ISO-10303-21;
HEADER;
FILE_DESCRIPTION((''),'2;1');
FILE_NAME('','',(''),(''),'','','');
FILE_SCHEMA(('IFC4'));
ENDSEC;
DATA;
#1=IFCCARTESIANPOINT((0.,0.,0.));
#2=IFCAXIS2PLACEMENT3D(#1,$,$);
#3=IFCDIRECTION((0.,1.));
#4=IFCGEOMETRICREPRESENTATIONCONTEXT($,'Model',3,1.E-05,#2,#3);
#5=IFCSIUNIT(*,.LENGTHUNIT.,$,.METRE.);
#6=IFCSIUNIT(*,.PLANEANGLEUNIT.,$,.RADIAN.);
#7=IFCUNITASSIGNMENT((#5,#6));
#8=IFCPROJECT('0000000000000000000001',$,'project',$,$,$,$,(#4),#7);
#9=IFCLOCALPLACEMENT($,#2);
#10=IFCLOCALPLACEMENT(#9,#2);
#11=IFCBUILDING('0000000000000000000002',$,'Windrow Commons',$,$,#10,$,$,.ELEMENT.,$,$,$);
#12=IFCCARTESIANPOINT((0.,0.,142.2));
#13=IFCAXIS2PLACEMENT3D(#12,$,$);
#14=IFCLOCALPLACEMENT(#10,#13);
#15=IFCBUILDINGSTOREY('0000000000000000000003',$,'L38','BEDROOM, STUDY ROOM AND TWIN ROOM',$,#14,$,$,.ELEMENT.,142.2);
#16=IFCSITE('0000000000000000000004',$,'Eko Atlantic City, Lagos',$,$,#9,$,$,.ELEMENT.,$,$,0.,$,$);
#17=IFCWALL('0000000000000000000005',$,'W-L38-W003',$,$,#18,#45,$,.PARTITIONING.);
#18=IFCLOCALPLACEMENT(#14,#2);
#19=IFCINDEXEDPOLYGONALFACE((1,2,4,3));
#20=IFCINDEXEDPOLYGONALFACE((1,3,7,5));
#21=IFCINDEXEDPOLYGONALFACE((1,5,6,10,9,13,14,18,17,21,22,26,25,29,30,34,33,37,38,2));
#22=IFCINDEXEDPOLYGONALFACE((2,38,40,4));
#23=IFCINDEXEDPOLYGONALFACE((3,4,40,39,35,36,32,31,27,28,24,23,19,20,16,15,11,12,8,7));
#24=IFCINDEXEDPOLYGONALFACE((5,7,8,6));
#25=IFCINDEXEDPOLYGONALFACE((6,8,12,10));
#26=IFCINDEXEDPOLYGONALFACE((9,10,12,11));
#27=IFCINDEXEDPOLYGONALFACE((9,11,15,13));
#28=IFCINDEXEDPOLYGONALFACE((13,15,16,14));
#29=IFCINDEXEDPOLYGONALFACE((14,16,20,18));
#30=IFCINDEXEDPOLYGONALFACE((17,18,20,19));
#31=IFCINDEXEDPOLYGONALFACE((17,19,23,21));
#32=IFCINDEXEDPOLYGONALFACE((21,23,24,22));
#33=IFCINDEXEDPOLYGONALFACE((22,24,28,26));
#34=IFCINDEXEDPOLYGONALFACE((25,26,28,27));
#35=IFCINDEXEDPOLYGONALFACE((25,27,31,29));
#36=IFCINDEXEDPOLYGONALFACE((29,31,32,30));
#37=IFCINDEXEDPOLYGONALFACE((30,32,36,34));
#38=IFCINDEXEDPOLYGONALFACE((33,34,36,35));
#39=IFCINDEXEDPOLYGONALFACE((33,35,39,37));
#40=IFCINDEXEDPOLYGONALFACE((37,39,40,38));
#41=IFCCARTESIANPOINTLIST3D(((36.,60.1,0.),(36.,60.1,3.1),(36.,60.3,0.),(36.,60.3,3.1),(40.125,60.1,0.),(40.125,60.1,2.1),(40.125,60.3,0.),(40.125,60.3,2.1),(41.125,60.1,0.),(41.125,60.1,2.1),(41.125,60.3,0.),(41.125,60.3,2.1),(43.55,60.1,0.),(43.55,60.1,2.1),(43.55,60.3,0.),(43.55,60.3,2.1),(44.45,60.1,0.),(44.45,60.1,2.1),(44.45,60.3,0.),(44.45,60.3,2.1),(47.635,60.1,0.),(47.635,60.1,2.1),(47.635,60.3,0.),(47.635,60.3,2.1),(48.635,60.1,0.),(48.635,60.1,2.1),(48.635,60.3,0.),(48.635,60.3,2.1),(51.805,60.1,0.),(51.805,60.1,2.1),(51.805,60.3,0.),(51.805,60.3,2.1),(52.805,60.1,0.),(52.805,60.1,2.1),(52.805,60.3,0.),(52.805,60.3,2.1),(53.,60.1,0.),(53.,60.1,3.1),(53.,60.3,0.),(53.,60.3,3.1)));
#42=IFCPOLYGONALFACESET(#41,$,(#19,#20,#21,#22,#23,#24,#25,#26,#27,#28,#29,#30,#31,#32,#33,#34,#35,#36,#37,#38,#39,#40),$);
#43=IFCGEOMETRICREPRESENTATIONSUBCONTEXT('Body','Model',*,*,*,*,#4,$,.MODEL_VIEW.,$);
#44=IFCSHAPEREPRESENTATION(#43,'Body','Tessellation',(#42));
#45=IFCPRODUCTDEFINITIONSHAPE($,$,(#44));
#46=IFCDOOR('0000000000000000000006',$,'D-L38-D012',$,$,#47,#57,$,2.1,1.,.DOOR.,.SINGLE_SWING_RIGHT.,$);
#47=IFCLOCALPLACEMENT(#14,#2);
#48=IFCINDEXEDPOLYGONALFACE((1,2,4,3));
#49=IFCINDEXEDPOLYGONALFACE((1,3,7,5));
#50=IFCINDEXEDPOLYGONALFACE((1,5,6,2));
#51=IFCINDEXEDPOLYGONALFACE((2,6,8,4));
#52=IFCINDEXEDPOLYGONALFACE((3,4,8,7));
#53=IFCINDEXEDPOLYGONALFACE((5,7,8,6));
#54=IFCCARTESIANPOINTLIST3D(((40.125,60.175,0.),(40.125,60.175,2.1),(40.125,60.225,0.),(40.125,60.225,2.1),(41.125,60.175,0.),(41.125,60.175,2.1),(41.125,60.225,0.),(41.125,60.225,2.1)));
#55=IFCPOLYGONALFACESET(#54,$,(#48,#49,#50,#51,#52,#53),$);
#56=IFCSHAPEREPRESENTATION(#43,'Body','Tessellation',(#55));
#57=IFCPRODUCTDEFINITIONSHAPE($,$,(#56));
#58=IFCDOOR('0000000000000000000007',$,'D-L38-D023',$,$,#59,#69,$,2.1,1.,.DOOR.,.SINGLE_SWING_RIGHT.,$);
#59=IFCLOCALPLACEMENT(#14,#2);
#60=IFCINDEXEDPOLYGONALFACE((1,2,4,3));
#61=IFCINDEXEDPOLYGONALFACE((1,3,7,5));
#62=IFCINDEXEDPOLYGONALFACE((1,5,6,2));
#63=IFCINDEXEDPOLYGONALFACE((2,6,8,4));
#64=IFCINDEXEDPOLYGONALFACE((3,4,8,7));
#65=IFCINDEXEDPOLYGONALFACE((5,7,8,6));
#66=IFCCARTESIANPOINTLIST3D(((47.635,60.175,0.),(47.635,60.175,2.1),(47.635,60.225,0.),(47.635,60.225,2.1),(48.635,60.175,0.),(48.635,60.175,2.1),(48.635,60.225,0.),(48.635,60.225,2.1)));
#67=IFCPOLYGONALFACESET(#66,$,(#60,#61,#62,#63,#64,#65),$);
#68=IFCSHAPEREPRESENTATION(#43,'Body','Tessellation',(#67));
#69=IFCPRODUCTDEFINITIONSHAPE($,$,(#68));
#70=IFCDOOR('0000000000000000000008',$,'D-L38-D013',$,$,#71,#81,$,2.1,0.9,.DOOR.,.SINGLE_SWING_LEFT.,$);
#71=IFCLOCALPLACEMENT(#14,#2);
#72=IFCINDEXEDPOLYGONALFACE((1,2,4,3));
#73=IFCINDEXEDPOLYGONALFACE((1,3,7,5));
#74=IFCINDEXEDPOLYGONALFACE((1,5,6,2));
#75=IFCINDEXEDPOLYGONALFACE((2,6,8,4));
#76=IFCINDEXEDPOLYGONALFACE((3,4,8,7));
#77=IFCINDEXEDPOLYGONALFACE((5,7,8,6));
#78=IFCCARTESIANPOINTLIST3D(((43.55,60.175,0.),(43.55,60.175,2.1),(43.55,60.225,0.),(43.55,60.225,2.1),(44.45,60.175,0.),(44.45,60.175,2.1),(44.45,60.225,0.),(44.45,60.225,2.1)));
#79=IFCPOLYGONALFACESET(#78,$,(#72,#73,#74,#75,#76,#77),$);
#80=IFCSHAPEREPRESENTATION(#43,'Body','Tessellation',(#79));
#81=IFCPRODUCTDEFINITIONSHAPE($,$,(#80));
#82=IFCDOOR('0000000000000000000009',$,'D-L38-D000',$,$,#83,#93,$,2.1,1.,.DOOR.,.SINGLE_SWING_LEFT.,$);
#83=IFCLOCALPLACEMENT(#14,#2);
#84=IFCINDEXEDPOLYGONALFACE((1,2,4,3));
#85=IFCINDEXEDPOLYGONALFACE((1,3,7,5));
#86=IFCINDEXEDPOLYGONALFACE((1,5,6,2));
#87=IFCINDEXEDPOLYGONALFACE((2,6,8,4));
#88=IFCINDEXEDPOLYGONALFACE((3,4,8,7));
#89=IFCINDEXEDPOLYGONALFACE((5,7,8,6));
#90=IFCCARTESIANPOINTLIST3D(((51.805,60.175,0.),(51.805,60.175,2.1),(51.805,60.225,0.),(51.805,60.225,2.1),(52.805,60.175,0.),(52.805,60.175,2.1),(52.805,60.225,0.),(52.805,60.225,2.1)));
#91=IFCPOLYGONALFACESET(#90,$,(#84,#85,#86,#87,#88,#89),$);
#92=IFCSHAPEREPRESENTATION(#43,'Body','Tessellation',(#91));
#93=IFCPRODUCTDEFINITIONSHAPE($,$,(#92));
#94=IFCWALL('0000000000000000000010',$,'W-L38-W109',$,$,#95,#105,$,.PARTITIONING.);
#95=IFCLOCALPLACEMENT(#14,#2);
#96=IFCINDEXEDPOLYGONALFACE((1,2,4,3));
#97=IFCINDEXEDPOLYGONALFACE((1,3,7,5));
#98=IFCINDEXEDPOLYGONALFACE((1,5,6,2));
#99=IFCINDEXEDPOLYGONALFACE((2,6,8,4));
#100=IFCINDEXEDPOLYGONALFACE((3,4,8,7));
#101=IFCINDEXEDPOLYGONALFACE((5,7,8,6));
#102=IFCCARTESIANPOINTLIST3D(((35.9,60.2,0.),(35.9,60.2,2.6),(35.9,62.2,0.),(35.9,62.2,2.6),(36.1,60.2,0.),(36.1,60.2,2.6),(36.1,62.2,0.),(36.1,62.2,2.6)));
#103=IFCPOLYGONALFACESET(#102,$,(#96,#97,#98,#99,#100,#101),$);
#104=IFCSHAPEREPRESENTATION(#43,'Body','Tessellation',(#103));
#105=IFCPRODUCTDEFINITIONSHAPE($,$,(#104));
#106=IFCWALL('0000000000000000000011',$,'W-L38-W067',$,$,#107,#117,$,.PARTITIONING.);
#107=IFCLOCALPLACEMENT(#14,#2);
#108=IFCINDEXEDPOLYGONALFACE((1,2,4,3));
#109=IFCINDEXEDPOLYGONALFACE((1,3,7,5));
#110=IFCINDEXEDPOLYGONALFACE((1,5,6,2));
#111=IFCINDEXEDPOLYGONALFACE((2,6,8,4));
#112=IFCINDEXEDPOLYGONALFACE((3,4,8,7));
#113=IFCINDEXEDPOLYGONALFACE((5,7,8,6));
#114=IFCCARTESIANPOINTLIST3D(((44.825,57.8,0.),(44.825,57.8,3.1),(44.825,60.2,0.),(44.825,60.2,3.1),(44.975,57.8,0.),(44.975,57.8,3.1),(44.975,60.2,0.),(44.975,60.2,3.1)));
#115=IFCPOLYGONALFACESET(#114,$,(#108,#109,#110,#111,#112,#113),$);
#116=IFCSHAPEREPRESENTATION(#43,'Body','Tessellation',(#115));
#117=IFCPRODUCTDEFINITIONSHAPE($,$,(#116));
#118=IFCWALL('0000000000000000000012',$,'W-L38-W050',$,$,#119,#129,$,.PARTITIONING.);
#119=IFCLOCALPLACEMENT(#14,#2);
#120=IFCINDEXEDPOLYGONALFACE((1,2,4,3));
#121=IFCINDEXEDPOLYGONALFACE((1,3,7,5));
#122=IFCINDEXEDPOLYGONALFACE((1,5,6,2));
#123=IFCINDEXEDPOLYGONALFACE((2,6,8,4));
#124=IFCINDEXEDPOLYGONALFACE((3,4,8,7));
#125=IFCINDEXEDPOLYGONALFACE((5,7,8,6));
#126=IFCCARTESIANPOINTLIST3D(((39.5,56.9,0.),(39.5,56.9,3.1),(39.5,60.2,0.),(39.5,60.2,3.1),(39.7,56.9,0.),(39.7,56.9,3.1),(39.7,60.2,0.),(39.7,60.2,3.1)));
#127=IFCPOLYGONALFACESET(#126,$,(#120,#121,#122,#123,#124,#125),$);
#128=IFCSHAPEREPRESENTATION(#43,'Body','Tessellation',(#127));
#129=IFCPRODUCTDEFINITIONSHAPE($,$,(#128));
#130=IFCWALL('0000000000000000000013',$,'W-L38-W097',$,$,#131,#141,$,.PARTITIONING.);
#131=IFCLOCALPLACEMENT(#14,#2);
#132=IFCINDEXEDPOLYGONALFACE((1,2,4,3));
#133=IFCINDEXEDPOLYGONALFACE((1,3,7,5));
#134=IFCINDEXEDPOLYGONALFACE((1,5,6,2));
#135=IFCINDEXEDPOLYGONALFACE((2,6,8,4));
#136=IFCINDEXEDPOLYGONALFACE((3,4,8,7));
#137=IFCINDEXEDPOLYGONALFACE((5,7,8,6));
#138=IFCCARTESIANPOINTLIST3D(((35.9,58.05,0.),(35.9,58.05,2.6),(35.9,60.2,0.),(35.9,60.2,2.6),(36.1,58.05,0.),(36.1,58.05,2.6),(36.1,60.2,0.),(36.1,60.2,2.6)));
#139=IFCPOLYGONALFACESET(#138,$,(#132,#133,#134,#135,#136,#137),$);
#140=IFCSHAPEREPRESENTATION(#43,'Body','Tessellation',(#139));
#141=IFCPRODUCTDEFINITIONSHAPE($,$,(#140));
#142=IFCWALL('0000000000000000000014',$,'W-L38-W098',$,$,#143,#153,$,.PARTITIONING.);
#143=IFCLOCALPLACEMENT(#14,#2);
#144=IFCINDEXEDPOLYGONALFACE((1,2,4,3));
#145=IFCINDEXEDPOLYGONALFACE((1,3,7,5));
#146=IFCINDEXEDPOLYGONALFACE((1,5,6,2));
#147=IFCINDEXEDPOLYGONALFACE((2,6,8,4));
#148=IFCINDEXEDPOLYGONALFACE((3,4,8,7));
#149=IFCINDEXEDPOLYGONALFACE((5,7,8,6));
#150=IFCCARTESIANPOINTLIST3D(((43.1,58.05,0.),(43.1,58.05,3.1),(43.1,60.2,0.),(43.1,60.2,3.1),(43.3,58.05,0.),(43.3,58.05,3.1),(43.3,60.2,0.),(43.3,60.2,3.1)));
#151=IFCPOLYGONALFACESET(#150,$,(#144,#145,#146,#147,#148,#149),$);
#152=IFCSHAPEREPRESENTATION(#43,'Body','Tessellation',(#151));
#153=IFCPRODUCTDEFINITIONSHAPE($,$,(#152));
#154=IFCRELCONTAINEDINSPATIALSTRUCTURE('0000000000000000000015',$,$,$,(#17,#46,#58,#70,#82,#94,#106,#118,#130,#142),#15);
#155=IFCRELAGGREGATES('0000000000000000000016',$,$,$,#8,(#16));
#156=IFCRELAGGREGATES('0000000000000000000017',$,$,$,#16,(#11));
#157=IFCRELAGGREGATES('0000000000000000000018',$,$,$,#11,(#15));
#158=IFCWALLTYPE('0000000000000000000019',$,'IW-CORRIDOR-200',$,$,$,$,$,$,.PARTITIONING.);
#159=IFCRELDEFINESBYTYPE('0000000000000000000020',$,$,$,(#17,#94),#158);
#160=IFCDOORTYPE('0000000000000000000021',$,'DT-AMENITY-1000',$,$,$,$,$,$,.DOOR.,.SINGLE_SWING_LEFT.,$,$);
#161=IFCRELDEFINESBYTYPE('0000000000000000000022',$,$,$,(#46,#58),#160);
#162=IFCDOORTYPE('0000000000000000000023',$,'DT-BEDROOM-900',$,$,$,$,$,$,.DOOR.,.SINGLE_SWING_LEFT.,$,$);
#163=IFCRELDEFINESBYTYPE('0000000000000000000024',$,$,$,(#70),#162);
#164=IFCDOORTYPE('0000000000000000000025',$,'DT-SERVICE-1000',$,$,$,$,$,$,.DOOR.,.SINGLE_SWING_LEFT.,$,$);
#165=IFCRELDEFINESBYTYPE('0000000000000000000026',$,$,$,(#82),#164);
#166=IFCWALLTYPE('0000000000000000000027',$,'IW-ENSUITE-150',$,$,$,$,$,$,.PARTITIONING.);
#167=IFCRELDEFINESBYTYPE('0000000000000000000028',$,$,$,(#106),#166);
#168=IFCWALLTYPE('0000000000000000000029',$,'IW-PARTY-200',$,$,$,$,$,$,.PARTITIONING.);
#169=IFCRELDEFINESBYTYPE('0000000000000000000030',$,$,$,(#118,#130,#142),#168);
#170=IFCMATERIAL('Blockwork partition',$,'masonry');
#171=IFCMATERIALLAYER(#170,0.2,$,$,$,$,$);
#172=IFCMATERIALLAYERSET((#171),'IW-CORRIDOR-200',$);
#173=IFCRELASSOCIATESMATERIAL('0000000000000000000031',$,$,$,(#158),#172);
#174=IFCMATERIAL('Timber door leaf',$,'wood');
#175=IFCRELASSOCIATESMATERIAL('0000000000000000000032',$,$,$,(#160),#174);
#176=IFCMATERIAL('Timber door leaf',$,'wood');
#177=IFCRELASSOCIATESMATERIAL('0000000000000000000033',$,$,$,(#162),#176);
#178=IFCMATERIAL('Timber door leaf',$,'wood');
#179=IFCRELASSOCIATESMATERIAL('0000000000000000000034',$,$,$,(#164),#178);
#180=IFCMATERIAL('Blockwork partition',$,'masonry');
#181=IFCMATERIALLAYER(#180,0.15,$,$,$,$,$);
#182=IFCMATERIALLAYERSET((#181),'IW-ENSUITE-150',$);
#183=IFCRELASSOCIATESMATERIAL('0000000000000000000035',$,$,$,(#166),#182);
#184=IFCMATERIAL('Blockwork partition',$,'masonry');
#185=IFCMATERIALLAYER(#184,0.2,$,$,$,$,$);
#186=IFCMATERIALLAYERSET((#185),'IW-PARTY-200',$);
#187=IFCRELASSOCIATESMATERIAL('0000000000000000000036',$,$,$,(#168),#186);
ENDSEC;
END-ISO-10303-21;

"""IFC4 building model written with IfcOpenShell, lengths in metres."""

from ifc_helpers import new_model, si_unit, direction, frame, frame_2d, origin, place, context, subcontext, project, spatial, rectangle, extrude, material, layer, layer_set, type_object, element, fill, save


model = new_model("IFC4")

# Units and contexts
model_context = context("Model", 3, precision=1e-05, world=origin(), true_north=direction((0.0, 1.0)))
body_context = subcontext(model_context, "Body", "Model", "MODEL_VIEW")
ifc_project = project(units=[si_unit("LENGTHUNIT", "METRE"), si_unit("PLANEANGLEUNIT", "RADIAN")], contexts=[model_context])

# Site, building, storey
site_placement = place(None, origin())
site = spatial("IfcSite", under=ifc_project, at=site_placement, Name="Eko Atlantic City, Lagos", CompositionType="ELEMENT", RefElevation=0.0)
building_placement = place(site_placement, origin())
building = spatial("IfcBuilding", under=site, at=building_placement, Name="Windrow Commons", CompositionType="ELEMENT")
storey_placement = place(building_placement, frame((0.0, 0.0, 142.2)))
storey = spatial("IfcBuildingStorey", under=building, at=storey_placement, Name="L38", Description="BEDROOM, STUDY ROOM AND TWIN ROOM", CompositionType="ELEMENT", Elevation=142.2)

# Wall, openings, doors
ifc_material_1 = material(Name="Blockwork partition", Category="masonry")
ifc_layer_1 = layer(ifc_material_1, 0.2)
ifc_layer_set_1 = layer_set([ifc_layer_1], Name="IW-CORRIDOR-200")
wall_type_1 = type_object("IfcWallType", Name="IW-CORRIDOR-200", PredefinedType="PARTITIONING", material=ifc_layer_set_1)
wall_1_placement = place(storey_placement, frame((36.0, 60.2, 0.0), z_axis=(0.0, 0.0, 1.0), x_axis=(1.0, 0.0, 0.0)))
wall_1 = element("IfcWall", 1, at=wall_1_placement, inside=storey, type_object=wall_type_1, Name="W-L38-W003", PredefinedType="PARTITIONING", context=body_context, shape_type="SweptSolid", body=[
    extrude(rectangle(XDim=17.0, YDim=0.2, at=frame_2d((8.5, 0.0))), origin(), (0.0, 0.0, 1.0), 3.1),
])
opening_1_placement = place(wall_1_placement, frame((15.805, 0.0, 0.0)))
opening_1 = element("IfcOpeningElement", 2, at=opening_1_placement, cuts=wall_1, PredefinedType="OPENING", context=body_context, shape_type="SweptSolid", body=[
    extrude(rectangle(XDim=1.0, YDim=2.1, at=frame_2d((0.5, 1.05))), frame((0.0, 0.11, 0.0), z_axis=(0.0, -1.0, 0.0), x_axis=(1.0, 0.0, 0.0)), (0.0, 0.0, 1.0), 0.22),
])
opening_2_placement = place(wall_1_placement, frame((4.125, 0.0, 0.0)))
opening_2 = element("IfcOpeningElement", 3, at=opening_2_placement, cuts=wall_1, PredefinedType="OPENING", context=body_context, shape_type="SweptSolid", body=[
    extrude(rectangle(XDim=1.0, YDim=2.1, at=frame_2d((0.5, 1.05))), frame((0.0, 0.11, 0.0), z_axis=(0.0, -1.0, 0.0), x_axis=(1.0, 0.0, 0.0)), (0.0, 0.0, 1.0), 0.22),
])
opening_3_placement = place(wall_1_placement, frame((7.55, 0.0, 0.0)))
opening_3 = element("IfcOpeningElement", 4, at=opening_3_placement, cuts=wall_1, PredefinedType="OPENING", context=body_context, shape_type="SweptSolid", body=[
    extrude(rectangle(XDim=0.9, YDim=2.1, at=frame_2d((0.45, 1.05))), frame((0.0, 0.11, 0.0), z_axis=(0.0, -1.0, 0.0), x_axis=(1.0, 0.0, 0.0)), (0.0, 0.0, 1.0), 0.22),
])
opening_4_placement = place(wall_1_placement, frame((11.635, 0.0, 0.0)))
opening_4 = element("IfcOpeningElement", 5, at=opening_4_placement, cuts=wall_1, PredefinedType="OPENING", context=body_context, shape_type="SweptSolid", body=[
    extrude(rectangle(XDim=1.0, YDim=2.1, at=frame_2d((0.5, 1.05))), frame((0.0, 0.11, 0.0), z_axis=(0.0, -1.0, 0.0), x_axis=(1.0, 0.0, 0.0)), (0.0, 0.0, 1.0), 0.22),
])
ifc_material_2 = material(Name="Timber door leaf", Category="wood")
door_type_1 = type_object("IfcDoorType", Name="DT-AMENITY-1000", OperationType="SINGLE_SWING_LEFT", PredefinedType="DOOR", material=ifc_material_2)
door_1_placement = place(opening_2_placement, origin())
door_1 = element("IfcDoor", 6, at=door_1_placement, inside=storey, type_object=door_type_1, Name="D-L38-D012", OperationType="SINGLE_SWING_RIGHT", OverallHeight=2.1, OverallWidth=1.0, PredefinedType="DOOR", context=body_context, shape_type="SweptSolid", body=[
    extrude(rectangle(XDim=1.0, YDim=2.1, at=frame_2d((0.5, 1.05))), frame((0.0, 0.025, 0.0), z_axis=(0.0, -1.0, 0.0), x_axis=(1.0, 0.0, 0.0)), (0.0, 0.0, 1.0), 0.05),
])
fill(opening_2, door_1)
door_2_placement = place(opening_4_placement, origin())
door_2 = element("IfcDoor", 7, at=door_2_placement, inside=storey, type_object=door_type_1, Name="D-L38-D023", OperationType="SINGLE_SWING_RIGHT", OverallHeight=2.1, OverallWidth=1.0, PredefinedType="DOOR", context=body_context, shape_type="SweptSolid", body=[
    extrude(rectangle(XDim=1.0, YDim=2.1, at=frame_2d((0.5, 1.05))), frame((0.0, 0.025, 0.0), z_axis=(0.0, -1.0, 0.0), x_axis=(1.0, 0.0, 0.0)), (0.0, 0.0, 1.0), 0.05),
])
fill(opening_4, door_2)
ifc_material_3 = material(Name="Timber door leaf", Category="wood")
door_type_2 = type_object("IfcDoorType", Name="DT-BEDROOM-900", OperationType="SINGLE_SWING_LEFT", PredefinedType="DOOR", material=ifc_material_3)
door_3_placement = place(opening_3_placement, origin())
door_3 = element("IfcDoor", 8, at=door_3_placement, inside=storey, type_object=door_type_2, Name="D-L38-D013", OperationType="SINGLE_SWING_LEFT", OverallHeight=2.1, OverallWidth=0.9, PredefinedType="DOOR", context=body_context, shape_type="SweptSolid", body=[
    extrude(rectangle(XDim=0.9, YDim=2.1, at=frame_2d((0.45, 1.05))), frame((0.0, 0.025, 0.0), z_axis=(0.0, -1.0, 0.0), x_axis=(1.0, 0.0, 0.0)), (0.0, 0.0, 1.0), 0.05),
])
fill(opening_3, door_3)
ifc_material_4 = material(Name="Timber door leaf", Category="wood")
door_type_3 = type_object("IfcDoorType", Name="DT-SERVICE-1000", OperationType="SINGLE_SWING_LEFT", PredefinedType="DOOR", material=ifc_material_4)
door_4_placement = place(opening_1_placement, origin())
door_4 = element("IfcDoor", 9, at=door_4_placement, inside=storey, type_object=door_type_3, Name="D-L38-D000", OperationType="SINGLE_SWING_LEFT", OverallHeight=2.1, OverallWidth=1.0, PredefinedType="DOOR", context=body_context, shape_type="SweptSolid", body=[
    extrude(rectangle(XDim=1.0, YDim=2.1, at=frame_2d((0.5, 1.05))), frame((0.0, 0.025, 0.0), z_axis=(0.0, -1.0, 0.0), x_axis=(1.0, 0.0, 0.0)), (0.0, 0.0, 1.0), 0.05),
])
fill(opening_1, door_4)

# Walls
wall_2_placement = place(storey_placement, frame((36.0, 60.2, 0.0), z_axis=(0.0, 0.0, 1.0), x_axis=(0.0, 1.0, 0.0)))
element("IfcWall", 10, at=wall_2_placement, inside=storey, type_object=wall_type_1, Name="W-L38-W109", PredefinedType="PARTITIONING", context=body_context, shape_type="SweptSolid", body=[
    extrude(rectangle(XDim=2.0, YDim=0.2, at=frame_2d((1.0, 0.0))), origin(), (0.0, 0.0, 1.0), 2.6),
])
ifc_material_5 = material(Name="Blockwork partition", Category="masonry")
ifc_layer_2 = layer(ifc_material_5, 0.15)
ifc_layer_set_2 = layer_set([ifc_layer_2], Name="IW-ENSUITE-150")
wall_type_2 = type_object("IfcWallType", Name="IW-ENSUITE-150", PredefinedType="PARTITIONING", material=ifc_layer_set_2)
wall_3_placement = place(storey_placement, frame((44.9, 57.8, 0.0), z_axis=(0.0, 0.0, 1.0), x_axis=(0.0, 1.0, 0.0)))
element("IfcWall", 11, at=wall_3_placement, inside=storey, type_object=wall_type_2, Name="W-L38-W067", PredefinedType="PARTITIONING", context=body_context, shape_type="SweptSolid", body=[
    extrude(rectangle(XDim=2.4, YDim=0.15, at=frame_2d((1.2, 0.0))), origin(), (0.0, 0.0, 1.0), 3.1),
])
ifc_material_6 = material(Name="Blockwork partition", Category="masonry")
ifc_layer_3 = layer(ifc_material_6, 0.2)
ifc_layer_set_3 = layer_set([ifc_layer_3], Name="IW-PARTY-200")
wall_type_3 = type_object("IfcWallType", Name="IW-PARTY-200", PredefinedType="PARTITIONING", material=ifc_layer_set_3)
wall_4_placement = place(storey_placement, frame((39.6, 56.9, 0.0), z_axis=(0.0, 0.0, 1.0), x_axis=(0.0, 1.0, 0.0)))
element("IfcWall", 12, at=wall_4_placement, inside=storey, type_object=wall_type_3, Name="W-L38-W050", PredefinedType="PARTITIONING", context=body_context, shape_type="SweptSolid", body=[
    extrude(rectangle(XDim=3.3, YDim=0.2, at=frame_2d((1.65, 0.0))), origin(), (0.0, 0.0, 1.0), 3.1),
])
wall_5_placement = place(storey_placement, frame((36.0, 58.05, 0.0), z_axis=(0.0, 0.0, 1.0), x_axis=(0.0, 1.0, 0.0)))
element("IfcWall", 13, at=wall_5_placement, inside=storey, type_object=wall_type_3, Name="W-L38-W097", PredefinedType="PARTITIONING", context=body_context, shape_type="SweptSolid", body=[
    extrude(rectangle(XDim=2.15, YDim=0.2, at=frame_2d((1.075, 0.0))), origin(), (0.0, 0.0, 1.0), 2.6),
])
wall_6_placement = place(storey_placement, frame((43.2, 58.05, 0.0), z_axis=(0.0, 0.0, 1.0), x_axis=(0.0, 1.0, 0.0)))
element("IfcWall", 14, at=wall_6_placement, inside=storey, type_object=wall_type_3, Name="W-L38-W098", PredefinedType="PARTITIONING", context=body_context, shape_type="SweptSolid", body=[
    extrude(rectangle(XDim=2.15, YDim=0.2, at=frame_2d((1.075, 0.0))), origin(), (0.0, 0.0, 1.0), 3.1),
])

save(model, "model.ifc")
